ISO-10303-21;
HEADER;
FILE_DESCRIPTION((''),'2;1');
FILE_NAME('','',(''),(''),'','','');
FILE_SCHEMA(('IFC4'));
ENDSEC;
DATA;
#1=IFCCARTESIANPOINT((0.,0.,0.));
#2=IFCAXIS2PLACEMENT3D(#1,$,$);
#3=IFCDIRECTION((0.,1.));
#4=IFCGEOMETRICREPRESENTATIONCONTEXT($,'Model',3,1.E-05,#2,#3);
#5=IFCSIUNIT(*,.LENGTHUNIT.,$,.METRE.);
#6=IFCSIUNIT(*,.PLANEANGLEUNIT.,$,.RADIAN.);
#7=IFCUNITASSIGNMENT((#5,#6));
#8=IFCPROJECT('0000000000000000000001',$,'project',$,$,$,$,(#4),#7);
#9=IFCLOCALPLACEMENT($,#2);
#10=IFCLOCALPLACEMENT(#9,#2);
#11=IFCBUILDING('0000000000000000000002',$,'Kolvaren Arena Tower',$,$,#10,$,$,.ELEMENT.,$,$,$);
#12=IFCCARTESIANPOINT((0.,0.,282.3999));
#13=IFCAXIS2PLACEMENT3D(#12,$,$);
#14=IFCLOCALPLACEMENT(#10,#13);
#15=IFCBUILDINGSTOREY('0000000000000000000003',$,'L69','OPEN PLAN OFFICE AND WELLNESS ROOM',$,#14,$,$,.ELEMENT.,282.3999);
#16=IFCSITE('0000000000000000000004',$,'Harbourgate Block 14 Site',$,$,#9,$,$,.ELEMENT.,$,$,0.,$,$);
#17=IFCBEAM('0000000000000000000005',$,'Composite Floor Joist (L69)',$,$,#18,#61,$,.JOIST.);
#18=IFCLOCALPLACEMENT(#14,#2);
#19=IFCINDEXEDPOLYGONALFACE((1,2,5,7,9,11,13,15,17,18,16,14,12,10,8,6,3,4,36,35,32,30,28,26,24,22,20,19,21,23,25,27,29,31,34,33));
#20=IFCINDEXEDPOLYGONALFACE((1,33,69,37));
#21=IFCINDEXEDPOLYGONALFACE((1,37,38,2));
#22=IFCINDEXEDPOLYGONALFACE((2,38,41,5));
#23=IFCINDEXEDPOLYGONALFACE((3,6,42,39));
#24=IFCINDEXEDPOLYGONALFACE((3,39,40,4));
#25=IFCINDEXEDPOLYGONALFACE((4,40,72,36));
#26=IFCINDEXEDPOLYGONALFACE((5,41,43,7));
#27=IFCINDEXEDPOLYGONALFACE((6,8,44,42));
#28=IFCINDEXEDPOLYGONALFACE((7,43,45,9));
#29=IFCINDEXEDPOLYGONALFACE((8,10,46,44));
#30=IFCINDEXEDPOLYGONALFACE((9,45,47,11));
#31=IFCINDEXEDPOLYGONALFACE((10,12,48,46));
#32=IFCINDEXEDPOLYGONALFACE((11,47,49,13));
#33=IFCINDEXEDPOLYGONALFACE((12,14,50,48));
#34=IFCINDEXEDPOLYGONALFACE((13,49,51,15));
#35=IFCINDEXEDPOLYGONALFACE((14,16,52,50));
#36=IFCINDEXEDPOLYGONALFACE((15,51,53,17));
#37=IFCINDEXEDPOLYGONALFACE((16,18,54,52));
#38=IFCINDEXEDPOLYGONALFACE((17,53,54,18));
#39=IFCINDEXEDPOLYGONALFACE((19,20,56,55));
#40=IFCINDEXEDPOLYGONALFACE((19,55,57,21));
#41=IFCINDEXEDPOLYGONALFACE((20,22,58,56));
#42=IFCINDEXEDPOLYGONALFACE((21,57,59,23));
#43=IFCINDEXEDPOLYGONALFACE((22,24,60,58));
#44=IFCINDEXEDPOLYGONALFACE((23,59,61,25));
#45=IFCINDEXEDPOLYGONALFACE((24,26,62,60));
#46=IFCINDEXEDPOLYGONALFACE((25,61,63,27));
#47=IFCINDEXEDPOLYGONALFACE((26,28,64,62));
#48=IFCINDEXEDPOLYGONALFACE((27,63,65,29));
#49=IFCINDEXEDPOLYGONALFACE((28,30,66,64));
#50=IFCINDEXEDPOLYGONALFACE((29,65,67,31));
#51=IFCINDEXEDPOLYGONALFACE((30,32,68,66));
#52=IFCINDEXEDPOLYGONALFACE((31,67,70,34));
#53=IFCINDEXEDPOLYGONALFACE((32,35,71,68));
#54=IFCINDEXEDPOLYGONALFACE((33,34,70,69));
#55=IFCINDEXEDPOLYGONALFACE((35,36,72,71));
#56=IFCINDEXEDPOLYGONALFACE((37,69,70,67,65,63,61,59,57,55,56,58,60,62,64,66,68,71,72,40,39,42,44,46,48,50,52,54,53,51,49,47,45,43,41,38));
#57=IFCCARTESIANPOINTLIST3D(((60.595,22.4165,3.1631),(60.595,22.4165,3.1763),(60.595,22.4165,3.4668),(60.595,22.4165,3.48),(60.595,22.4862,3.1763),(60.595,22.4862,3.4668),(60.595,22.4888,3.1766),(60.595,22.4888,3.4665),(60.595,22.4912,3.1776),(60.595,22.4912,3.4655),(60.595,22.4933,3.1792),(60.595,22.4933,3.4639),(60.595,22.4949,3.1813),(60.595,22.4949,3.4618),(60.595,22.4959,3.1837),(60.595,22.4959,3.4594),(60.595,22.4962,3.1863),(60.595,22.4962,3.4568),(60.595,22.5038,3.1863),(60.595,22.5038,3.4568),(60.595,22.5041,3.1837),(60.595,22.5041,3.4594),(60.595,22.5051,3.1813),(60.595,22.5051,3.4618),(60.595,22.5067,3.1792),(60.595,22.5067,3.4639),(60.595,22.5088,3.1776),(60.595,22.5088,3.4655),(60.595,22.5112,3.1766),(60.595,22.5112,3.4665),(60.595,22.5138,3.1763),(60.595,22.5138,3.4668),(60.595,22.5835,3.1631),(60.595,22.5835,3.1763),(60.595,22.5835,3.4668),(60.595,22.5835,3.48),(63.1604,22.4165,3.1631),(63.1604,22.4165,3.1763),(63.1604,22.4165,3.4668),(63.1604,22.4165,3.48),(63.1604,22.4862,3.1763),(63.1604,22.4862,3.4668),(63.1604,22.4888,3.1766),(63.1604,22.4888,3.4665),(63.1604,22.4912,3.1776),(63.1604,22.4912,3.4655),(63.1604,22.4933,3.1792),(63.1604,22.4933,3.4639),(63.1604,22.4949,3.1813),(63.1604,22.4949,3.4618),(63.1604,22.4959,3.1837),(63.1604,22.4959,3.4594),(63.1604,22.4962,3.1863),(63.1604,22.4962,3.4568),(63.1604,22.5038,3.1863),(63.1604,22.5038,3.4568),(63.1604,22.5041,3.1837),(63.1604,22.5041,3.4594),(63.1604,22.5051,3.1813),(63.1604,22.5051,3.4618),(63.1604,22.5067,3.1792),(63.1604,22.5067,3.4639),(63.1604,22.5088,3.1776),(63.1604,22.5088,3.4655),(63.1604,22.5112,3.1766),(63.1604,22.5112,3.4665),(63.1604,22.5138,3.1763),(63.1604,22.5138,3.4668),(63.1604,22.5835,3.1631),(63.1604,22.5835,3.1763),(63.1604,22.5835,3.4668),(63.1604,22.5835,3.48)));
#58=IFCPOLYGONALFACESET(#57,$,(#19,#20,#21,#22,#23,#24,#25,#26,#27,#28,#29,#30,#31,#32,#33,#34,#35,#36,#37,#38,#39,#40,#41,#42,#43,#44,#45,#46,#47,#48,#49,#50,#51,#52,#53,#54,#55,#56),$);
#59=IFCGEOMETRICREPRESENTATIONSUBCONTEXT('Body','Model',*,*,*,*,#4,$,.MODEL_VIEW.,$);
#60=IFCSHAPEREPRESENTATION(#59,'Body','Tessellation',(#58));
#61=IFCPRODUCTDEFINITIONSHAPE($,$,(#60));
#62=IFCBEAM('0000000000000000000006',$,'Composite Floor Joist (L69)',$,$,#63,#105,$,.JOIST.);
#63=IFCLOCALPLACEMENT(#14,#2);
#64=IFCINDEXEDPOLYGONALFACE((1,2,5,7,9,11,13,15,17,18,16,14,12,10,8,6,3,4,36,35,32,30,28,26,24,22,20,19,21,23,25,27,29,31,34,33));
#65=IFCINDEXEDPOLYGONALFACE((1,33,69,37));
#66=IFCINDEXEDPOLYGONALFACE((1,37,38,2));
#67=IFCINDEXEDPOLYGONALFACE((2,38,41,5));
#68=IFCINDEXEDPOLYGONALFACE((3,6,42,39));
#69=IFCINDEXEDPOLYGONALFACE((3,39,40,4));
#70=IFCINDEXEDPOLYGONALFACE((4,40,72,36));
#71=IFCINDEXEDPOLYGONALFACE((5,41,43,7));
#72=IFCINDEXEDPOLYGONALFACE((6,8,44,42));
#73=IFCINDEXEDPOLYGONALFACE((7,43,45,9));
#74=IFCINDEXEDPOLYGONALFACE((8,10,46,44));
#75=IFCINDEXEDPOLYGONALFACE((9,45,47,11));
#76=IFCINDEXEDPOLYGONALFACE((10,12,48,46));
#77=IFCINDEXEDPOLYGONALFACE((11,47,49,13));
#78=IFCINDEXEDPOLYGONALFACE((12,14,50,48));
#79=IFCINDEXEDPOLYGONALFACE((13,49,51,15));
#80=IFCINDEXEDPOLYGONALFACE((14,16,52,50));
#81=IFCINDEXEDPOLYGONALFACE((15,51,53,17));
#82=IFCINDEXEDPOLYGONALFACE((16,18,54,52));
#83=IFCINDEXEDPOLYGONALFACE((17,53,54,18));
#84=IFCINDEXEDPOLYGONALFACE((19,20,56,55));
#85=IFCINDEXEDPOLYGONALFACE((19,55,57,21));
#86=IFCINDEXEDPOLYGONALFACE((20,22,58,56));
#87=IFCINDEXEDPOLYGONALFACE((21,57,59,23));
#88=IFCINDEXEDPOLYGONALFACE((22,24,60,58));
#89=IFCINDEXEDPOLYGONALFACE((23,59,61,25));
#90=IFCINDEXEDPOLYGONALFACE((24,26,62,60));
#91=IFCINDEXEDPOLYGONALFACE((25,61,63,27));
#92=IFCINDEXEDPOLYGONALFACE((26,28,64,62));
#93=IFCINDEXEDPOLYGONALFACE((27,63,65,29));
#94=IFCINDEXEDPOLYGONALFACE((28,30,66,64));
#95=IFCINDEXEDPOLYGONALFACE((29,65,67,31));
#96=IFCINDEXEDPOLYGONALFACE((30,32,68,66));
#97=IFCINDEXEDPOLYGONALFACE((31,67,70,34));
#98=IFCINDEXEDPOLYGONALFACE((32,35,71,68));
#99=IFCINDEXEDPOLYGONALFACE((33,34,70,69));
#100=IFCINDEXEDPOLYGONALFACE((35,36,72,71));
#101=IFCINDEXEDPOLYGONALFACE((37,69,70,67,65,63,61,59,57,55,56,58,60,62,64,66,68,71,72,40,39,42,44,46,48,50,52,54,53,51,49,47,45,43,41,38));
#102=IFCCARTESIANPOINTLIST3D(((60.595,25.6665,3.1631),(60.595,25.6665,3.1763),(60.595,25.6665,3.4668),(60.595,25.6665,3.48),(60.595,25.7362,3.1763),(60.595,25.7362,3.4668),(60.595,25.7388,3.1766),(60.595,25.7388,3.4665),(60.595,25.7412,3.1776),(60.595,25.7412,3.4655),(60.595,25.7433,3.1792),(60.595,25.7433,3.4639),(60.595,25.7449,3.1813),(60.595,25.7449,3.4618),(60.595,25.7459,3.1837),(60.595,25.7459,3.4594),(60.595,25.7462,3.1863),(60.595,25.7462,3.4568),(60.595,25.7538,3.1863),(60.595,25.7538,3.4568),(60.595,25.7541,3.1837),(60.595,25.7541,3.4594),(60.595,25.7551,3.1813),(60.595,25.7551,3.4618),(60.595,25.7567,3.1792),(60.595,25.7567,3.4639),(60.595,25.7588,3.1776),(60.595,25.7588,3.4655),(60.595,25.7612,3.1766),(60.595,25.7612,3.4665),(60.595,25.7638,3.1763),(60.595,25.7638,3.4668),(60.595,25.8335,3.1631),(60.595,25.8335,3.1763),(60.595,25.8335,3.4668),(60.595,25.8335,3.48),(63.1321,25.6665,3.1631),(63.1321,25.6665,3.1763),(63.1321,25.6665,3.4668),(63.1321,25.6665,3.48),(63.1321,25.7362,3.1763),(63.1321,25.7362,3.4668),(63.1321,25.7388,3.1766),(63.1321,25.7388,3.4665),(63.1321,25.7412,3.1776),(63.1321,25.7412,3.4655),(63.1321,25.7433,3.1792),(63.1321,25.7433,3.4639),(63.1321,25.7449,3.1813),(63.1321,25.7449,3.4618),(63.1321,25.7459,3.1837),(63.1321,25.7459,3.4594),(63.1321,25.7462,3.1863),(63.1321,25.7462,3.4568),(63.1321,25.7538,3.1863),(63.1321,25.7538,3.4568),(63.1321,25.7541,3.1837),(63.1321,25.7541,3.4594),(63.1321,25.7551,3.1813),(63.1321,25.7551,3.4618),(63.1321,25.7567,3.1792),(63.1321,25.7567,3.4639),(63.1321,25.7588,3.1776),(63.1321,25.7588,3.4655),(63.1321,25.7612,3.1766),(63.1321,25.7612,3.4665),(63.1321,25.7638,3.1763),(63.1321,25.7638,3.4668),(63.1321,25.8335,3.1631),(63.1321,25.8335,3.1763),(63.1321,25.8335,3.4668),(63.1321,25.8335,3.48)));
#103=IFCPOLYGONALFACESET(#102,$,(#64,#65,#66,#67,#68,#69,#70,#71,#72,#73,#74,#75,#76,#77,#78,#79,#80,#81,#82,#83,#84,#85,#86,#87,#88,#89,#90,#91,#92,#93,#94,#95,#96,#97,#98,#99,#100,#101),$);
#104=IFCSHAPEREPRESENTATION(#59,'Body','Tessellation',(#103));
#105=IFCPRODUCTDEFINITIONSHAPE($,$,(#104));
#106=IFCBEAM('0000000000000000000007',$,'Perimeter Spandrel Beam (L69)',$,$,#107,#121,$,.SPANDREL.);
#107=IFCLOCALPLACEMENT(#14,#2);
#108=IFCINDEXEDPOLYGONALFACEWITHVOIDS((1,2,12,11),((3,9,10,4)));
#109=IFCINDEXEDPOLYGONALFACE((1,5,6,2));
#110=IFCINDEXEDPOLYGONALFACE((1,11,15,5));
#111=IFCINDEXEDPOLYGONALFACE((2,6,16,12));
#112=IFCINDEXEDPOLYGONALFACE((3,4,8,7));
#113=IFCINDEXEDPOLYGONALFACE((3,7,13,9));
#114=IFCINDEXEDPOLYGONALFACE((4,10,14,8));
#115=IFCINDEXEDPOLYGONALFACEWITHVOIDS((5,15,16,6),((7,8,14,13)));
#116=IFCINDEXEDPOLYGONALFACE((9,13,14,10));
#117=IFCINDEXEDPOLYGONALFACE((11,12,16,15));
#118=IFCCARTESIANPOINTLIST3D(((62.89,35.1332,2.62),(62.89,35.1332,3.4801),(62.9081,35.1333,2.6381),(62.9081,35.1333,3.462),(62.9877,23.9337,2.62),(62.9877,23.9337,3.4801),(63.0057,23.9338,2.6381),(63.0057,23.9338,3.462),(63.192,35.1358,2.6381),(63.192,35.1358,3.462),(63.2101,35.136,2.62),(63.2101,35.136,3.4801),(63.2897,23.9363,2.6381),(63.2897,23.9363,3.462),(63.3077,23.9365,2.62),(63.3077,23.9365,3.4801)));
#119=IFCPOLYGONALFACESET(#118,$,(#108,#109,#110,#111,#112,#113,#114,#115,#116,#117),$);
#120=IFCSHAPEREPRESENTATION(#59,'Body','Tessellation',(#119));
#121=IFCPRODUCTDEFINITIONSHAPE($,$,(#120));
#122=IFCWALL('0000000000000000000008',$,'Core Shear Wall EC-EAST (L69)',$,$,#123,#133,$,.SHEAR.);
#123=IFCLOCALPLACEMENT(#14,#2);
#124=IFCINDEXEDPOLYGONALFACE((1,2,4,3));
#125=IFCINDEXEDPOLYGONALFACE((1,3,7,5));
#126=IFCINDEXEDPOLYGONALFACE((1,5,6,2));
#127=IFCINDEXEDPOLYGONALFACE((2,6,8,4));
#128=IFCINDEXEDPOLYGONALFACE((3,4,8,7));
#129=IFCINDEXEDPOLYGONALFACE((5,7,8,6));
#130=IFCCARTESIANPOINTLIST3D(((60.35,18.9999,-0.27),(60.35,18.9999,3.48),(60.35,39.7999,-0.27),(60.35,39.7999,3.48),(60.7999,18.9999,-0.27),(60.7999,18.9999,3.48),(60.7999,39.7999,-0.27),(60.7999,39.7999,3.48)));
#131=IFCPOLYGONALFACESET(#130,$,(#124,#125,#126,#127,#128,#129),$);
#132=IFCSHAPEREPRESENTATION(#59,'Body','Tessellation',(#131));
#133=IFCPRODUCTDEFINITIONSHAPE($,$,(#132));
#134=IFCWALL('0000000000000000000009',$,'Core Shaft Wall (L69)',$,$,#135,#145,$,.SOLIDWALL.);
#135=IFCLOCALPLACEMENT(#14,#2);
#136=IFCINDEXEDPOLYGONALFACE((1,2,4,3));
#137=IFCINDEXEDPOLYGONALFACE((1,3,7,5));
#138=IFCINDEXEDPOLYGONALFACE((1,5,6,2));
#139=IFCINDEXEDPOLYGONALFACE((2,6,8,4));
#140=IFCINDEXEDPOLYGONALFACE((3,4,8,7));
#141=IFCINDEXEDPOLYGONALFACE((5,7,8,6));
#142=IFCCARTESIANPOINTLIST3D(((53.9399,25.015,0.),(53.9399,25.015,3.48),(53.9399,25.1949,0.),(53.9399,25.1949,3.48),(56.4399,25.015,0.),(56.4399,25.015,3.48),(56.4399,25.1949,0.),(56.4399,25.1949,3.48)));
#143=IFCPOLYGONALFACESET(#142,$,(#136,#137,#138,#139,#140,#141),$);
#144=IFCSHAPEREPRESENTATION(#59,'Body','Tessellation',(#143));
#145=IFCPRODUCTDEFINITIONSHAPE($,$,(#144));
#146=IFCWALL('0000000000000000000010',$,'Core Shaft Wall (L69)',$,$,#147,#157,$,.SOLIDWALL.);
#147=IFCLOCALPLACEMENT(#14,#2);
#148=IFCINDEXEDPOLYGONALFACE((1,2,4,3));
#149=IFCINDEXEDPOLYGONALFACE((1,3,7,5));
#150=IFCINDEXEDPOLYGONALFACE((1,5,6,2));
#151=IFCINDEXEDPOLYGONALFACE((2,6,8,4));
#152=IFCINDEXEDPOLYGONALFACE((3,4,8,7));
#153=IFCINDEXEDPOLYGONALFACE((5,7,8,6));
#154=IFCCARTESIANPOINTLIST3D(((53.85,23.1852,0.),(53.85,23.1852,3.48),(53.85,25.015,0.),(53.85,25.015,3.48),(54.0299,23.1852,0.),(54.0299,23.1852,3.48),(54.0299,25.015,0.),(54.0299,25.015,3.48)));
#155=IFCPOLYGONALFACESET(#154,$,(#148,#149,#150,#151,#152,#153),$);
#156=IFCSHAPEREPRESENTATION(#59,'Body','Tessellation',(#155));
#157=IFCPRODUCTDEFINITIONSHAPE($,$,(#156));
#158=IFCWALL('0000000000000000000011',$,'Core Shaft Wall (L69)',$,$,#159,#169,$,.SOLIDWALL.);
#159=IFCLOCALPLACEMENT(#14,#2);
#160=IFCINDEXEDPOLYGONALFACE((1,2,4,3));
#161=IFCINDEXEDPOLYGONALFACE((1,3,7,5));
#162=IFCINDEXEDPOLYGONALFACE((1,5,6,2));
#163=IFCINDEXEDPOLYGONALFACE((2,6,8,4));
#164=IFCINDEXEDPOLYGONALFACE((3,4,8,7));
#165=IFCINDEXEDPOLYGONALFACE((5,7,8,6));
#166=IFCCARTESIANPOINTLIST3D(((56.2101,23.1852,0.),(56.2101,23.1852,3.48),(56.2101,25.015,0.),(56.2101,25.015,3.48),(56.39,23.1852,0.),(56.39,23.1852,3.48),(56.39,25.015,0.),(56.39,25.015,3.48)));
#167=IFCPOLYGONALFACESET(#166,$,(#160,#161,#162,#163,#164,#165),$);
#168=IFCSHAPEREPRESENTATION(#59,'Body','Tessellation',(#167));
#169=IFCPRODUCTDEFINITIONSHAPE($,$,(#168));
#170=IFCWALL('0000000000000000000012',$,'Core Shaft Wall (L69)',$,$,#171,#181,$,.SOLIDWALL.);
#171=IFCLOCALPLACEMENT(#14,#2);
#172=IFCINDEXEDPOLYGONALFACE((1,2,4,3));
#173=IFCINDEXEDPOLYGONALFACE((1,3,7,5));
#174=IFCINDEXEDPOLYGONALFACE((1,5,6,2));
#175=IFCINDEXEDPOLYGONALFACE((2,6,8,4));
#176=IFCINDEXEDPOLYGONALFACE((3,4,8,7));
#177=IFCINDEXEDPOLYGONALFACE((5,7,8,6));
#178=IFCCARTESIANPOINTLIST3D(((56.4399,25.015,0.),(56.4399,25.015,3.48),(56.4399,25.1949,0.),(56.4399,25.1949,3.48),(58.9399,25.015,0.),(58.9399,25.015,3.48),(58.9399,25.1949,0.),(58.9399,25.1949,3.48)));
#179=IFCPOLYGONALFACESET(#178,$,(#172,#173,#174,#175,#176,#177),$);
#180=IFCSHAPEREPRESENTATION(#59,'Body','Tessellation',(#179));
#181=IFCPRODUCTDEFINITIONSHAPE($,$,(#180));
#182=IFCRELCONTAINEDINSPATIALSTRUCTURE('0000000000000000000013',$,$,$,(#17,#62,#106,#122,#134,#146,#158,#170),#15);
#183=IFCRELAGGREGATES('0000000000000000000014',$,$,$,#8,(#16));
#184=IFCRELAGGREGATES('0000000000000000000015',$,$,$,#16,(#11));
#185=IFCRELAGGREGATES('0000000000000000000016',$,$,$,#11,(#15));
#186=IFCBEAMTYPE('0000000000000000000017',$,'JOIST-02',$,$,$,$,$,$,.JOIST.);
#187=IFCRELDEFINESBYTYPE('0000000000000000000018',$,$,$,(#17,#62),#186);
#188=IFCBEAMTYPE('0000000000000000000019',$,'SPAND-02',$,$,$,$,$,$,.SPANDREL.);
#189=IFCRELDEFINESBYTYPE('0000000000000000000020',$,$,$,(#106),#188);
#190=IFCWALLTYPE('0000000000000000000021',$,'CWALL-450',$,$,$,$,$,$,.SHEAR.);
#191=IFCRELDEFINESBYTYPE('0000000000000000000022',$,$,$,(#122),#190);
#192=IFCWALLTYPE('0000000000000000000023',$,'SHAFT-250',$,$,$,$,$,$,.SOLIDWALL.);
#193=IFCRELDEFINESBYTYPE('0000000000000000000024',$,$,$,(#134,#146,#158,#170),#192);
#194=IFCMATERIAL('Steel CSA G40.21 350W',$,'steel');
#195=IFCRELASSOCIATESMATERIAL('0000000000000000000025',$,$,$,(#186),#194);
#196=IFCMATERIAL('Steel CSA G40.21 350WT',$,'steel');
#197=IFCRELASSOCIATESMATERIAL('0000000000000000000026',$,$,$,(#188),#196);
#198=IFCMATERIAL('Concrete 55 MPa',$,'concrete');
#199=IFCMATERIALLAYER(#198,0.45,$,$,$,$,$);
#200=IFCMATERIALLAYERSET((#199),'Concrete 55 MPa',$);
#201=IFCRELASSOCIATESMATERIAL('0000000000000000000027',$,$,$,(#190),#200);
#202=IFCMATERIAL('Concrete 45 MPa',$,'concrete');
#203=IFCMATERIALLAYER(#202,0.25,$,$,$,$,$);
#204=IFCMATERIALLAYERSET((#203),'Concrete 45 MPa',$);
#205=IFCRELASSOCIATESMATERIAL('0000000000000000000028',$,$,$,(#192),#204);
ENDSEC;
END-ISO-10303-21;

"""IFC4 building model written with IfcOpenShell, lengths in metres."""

from ifc_helpers import new_model, si_unit, direction, frame, frame_2d, origin, origin_2d, place, context, subcontext, project, spatial, rectangle, hollow_rectangle, i_section, extrude, material, layer, layer_set, material_profile, profile_set, type_object, element, save


model = new_model("IFC4")

# Units and contexts
model_context = context("Model", 3, precision=1e-05, world=origin(), true_north=direction((0.0, 1.0)))
body_context = subcontext(model_context, "Body", "Model", "MODEL_VIEW")
ifc_project = project(units=[si_unit("LENGTHUNIT", "METRE"), si_unit("PLANEANGLEUNIT", "RADIAN")], contexts=[model_context])

# Site, building, storey
site_placement = place(None, origin())
site = spatial("IfcSite", under=ifc_project, at=site_placement, Name="Harbourgate Block 14 Site", CompositionType="ELEMENT", RefElevation=0.0)
building_placement = place(site_placement, origin())
building = spatial("IfcBuilding", under=site, at=building_placement, Name="Kolvaren Arena Tower", CompositionType="ELEMENT")
storey_placement = place(building_placement, frame((0.0, 0.0, 282.3999)))
storey = spatial("IfcBuildingStorey", under=building, at=storey_placement, Name="L69", Description="OPEN PLAN OFFICE AND WELLNESS ROOM", CompositionType="ELEMENT", Elevation=282.3999)

# Beams
ifc_material_1 = material(Name="Steel CSA G40.21 350W", Category="steel")
ifc_material_profile_1 = material_profile(ifc_material_1, i_section(OverallWidth=0.167, OverallDepth=0.3169, WebThickness=0.0076, FlangeThickness=0.0132, FilletRadius=0.01, at=origin_2d()), Name="W310x52")
ifc_profile_set_1 = profile_set([ifc_material_profile_1], Name="Steel CSA G40.21 350W")
beam_type_1 = type_object("IfcBeamType", Name="JOIST-02", PredefinedType="JOIST", material=ifc_profile_set_1)
beam_1_placement = place(storey_placement, frame((60.595, 22.5, 3.3215), z_axis=(1.0, 0.0, 0.0), x_axis=(0.0, 1.0, 0.0)))
element("IfcBeam", 1, at=beam_1_placement, inside=storey, type_object=beam_type_1, Name="Composite Floor Joist (L69)", PredefinedType="JOIST", context=body_context, shape_type="SweptSolid", body=[
    extrude(i_section(OverallWidth=0.167, OverallDepth=0.3169, WebThickness=0.0076, FlangeThickness=0.0132, FilletRadius=0.01, at=origin_2d()), origin(), (0.0, 0.0, 1.0), 2.5654),
])
beam_2_placement = place(storey_placement, frame((60.595, 25.75, 3.3215), z_axis=(1.0, 0.0, 0.0), x_axis=(0.0, 1.0, 0.0)))
element("IfcBeam", 2, at=beam_2_placement, inside=storey, type_object=beam_type_1, Name="Composite Floor Joist (L69)", PredefinedType="JOIST", context=body_context, shape_type="SweptSolid", body=[
    extrude(i_section(OverallWidth=0.167, OverallDepth=0.3169, WebThickness=0.0076, FlangeThickness=0.0132, FilletRadius=0.01, at=origin_2d()), origin(), (0.0, 0.0, 1.0), 2.5371),
])
ifc_material_2 = material(Name="Steel CSA G40.21 350WT", Category="steel")
ifc_material_profile_2 = material_profile(ifc_material_2, hollow_rectangle(XDim=0.3201, YDim=0.8601, WallThickness=0.0181, at=origin_2d()), Name="HSS 860x320x18")
ifc_profile_set_2 = profile_set([ifc_material_profile_2], Name="Steel CSA G40.21 350WT")
beam_type_2 = type_object("IfcBeamType", Name="SPAND-02", PredefinedType="SPANDREL", material=ifc_profile_set_2)
beam_3_placement = place(storey_placement, frame((63.1477, 23.9351, 3.05), z_axis=(-0.008719, 0.999962, 0.0), x_axis=(-0.999962, -0.008719, 0.0)))
element("IfcBeam", 3, at=beam_3_placement, inside=storey, type_object=beam_type_2, Name="Perimeter Spandrel Beam (L69)", PredefinedType="SPANDREL", context=body_context, shape_type="SweptSolid", body=[
    extrude(hollow_rectangle(XDim=0.3201, YDim=0.8601, WallThickness=0.0181, at=origin_2d()), origin(), (0.0, 0.0, 1.0), 11.2),
])

# Walls
ifc_material_3 = material(Name="Concrete 55 MPa", Category="concrete")
ifc_layer_1 = layer(ifc_material_3, 0.45)
ifc_layer_set_1 = layer_set([ifc_layer_1], Name="Concrete 55 MPa")
wall_type_1 = type_object("IfcWallType", Name="CWALL-450", PredefinedType="SHEAR", material=ifc_layer_set_1)
wall_1_placement = place(storey_placement, frame((60.575, 19.0, -0.27), z_axis=(0.0, 0.0, 1.0), x_axis=(0.0, 1.0, 0.0)))
element("IfcWall", 4, at=wall_1_placement, inside=storey, type_object=wall_type_1, Name="Core Shear Wall EC-EAST (L69)", PredefinedType="SHEAR", context=body_context, shape_type="SweptSolid", body=[
    extrude(rectangle(XDim=20.8, YDim=0.45, at=frame_2d((10.3999, 0.0))), origin(), (0.0, 0.0, 1.0), 3.75),
])
ifc_material_4 = material(Name="Concrete 45 MPa", Category="concrete")
ifc_layer_2 = layer(ifc_material_4, 0.25)
ifc_layer_set_2 = layer_set([ifc_layer_2], Name="Concrete 45 MPa")
wall_type_2 = type_object("IfcWallType", Name="SHAFT-250", PredefinedType="SOLIDWALL", material=ifc_layer_set_2)
wall_2_placement = place(storey_placement, frame((53.9399, 25.105, 0.0), z_axis=(0.0, 0.0, 1.0), x_axis=(1.0, 0.0, 0.0)))
element("IfcWall", 5, at=wall_2_placement, inside=storey, type_object=wall_type_2, Name="Core Shaft Wall (L69)", PredefinedType="SOLIDWALL", context=body_context, shape_type="SweptSolid", body=[
    extrude(rectangle(XDim=2.5, YDim=0.1799, at=frame_2d((1.25, 0.0))), origin(), (0.0, 0.0, 1.0), 3.48),
])
for number, where, z_axis, x_axis, name in (
    (6, (53.9399, 23.1851, 0.0), (0.0, 0.0, 1.0), (0.0, 1.0, 0.0), "Core Shaft Wall (L69)"),
    (7, (56.3, 23.1851, 0.0), (0.0, 0.0, 1.0), (0.0, 1.0, 0.0), "Core Shaft Wall (L69)"),
):
    element("IfcWall", number, at=place(storey_placement, frame(where, z_axis=z_axis, x_axis=x_axis)), inside=storey, type_object=wall_type_2, Name=name, PredefinedType="SOLIDWALL", context=body_context, shape_type="SweptSolid", body=[
        extrude(rectangle(XDim=1.8298, YDim=0.1799, at=frame_2d((0.915, 0.0))), origin(), (0.0, 0.0, 1.0), 3.48),
    ])
wall_3_placement = place(storey_placement, frame((56.4399, 25.105, 0.0), z_axis=(0.0, 0.0, 1.0), x_axis=(1.0, 0.0, 0.0)))
element("IfcWall", 8, at=wall_3_placement, inside=storey, type_object=wall_type_2, Name="Core Shaft Wall (L69)", PredefinedType="SOLIDWALL", context=body_context, shape_type="SweptSolid", body=[
    extrude(rectangle(XDim=2.5, YDim=0.1799, at=frame_2d((1.25, 0.0))), origin(), (0.0, 0.0, 1.0), 3.48),
])

save(model, "model.ifc")
